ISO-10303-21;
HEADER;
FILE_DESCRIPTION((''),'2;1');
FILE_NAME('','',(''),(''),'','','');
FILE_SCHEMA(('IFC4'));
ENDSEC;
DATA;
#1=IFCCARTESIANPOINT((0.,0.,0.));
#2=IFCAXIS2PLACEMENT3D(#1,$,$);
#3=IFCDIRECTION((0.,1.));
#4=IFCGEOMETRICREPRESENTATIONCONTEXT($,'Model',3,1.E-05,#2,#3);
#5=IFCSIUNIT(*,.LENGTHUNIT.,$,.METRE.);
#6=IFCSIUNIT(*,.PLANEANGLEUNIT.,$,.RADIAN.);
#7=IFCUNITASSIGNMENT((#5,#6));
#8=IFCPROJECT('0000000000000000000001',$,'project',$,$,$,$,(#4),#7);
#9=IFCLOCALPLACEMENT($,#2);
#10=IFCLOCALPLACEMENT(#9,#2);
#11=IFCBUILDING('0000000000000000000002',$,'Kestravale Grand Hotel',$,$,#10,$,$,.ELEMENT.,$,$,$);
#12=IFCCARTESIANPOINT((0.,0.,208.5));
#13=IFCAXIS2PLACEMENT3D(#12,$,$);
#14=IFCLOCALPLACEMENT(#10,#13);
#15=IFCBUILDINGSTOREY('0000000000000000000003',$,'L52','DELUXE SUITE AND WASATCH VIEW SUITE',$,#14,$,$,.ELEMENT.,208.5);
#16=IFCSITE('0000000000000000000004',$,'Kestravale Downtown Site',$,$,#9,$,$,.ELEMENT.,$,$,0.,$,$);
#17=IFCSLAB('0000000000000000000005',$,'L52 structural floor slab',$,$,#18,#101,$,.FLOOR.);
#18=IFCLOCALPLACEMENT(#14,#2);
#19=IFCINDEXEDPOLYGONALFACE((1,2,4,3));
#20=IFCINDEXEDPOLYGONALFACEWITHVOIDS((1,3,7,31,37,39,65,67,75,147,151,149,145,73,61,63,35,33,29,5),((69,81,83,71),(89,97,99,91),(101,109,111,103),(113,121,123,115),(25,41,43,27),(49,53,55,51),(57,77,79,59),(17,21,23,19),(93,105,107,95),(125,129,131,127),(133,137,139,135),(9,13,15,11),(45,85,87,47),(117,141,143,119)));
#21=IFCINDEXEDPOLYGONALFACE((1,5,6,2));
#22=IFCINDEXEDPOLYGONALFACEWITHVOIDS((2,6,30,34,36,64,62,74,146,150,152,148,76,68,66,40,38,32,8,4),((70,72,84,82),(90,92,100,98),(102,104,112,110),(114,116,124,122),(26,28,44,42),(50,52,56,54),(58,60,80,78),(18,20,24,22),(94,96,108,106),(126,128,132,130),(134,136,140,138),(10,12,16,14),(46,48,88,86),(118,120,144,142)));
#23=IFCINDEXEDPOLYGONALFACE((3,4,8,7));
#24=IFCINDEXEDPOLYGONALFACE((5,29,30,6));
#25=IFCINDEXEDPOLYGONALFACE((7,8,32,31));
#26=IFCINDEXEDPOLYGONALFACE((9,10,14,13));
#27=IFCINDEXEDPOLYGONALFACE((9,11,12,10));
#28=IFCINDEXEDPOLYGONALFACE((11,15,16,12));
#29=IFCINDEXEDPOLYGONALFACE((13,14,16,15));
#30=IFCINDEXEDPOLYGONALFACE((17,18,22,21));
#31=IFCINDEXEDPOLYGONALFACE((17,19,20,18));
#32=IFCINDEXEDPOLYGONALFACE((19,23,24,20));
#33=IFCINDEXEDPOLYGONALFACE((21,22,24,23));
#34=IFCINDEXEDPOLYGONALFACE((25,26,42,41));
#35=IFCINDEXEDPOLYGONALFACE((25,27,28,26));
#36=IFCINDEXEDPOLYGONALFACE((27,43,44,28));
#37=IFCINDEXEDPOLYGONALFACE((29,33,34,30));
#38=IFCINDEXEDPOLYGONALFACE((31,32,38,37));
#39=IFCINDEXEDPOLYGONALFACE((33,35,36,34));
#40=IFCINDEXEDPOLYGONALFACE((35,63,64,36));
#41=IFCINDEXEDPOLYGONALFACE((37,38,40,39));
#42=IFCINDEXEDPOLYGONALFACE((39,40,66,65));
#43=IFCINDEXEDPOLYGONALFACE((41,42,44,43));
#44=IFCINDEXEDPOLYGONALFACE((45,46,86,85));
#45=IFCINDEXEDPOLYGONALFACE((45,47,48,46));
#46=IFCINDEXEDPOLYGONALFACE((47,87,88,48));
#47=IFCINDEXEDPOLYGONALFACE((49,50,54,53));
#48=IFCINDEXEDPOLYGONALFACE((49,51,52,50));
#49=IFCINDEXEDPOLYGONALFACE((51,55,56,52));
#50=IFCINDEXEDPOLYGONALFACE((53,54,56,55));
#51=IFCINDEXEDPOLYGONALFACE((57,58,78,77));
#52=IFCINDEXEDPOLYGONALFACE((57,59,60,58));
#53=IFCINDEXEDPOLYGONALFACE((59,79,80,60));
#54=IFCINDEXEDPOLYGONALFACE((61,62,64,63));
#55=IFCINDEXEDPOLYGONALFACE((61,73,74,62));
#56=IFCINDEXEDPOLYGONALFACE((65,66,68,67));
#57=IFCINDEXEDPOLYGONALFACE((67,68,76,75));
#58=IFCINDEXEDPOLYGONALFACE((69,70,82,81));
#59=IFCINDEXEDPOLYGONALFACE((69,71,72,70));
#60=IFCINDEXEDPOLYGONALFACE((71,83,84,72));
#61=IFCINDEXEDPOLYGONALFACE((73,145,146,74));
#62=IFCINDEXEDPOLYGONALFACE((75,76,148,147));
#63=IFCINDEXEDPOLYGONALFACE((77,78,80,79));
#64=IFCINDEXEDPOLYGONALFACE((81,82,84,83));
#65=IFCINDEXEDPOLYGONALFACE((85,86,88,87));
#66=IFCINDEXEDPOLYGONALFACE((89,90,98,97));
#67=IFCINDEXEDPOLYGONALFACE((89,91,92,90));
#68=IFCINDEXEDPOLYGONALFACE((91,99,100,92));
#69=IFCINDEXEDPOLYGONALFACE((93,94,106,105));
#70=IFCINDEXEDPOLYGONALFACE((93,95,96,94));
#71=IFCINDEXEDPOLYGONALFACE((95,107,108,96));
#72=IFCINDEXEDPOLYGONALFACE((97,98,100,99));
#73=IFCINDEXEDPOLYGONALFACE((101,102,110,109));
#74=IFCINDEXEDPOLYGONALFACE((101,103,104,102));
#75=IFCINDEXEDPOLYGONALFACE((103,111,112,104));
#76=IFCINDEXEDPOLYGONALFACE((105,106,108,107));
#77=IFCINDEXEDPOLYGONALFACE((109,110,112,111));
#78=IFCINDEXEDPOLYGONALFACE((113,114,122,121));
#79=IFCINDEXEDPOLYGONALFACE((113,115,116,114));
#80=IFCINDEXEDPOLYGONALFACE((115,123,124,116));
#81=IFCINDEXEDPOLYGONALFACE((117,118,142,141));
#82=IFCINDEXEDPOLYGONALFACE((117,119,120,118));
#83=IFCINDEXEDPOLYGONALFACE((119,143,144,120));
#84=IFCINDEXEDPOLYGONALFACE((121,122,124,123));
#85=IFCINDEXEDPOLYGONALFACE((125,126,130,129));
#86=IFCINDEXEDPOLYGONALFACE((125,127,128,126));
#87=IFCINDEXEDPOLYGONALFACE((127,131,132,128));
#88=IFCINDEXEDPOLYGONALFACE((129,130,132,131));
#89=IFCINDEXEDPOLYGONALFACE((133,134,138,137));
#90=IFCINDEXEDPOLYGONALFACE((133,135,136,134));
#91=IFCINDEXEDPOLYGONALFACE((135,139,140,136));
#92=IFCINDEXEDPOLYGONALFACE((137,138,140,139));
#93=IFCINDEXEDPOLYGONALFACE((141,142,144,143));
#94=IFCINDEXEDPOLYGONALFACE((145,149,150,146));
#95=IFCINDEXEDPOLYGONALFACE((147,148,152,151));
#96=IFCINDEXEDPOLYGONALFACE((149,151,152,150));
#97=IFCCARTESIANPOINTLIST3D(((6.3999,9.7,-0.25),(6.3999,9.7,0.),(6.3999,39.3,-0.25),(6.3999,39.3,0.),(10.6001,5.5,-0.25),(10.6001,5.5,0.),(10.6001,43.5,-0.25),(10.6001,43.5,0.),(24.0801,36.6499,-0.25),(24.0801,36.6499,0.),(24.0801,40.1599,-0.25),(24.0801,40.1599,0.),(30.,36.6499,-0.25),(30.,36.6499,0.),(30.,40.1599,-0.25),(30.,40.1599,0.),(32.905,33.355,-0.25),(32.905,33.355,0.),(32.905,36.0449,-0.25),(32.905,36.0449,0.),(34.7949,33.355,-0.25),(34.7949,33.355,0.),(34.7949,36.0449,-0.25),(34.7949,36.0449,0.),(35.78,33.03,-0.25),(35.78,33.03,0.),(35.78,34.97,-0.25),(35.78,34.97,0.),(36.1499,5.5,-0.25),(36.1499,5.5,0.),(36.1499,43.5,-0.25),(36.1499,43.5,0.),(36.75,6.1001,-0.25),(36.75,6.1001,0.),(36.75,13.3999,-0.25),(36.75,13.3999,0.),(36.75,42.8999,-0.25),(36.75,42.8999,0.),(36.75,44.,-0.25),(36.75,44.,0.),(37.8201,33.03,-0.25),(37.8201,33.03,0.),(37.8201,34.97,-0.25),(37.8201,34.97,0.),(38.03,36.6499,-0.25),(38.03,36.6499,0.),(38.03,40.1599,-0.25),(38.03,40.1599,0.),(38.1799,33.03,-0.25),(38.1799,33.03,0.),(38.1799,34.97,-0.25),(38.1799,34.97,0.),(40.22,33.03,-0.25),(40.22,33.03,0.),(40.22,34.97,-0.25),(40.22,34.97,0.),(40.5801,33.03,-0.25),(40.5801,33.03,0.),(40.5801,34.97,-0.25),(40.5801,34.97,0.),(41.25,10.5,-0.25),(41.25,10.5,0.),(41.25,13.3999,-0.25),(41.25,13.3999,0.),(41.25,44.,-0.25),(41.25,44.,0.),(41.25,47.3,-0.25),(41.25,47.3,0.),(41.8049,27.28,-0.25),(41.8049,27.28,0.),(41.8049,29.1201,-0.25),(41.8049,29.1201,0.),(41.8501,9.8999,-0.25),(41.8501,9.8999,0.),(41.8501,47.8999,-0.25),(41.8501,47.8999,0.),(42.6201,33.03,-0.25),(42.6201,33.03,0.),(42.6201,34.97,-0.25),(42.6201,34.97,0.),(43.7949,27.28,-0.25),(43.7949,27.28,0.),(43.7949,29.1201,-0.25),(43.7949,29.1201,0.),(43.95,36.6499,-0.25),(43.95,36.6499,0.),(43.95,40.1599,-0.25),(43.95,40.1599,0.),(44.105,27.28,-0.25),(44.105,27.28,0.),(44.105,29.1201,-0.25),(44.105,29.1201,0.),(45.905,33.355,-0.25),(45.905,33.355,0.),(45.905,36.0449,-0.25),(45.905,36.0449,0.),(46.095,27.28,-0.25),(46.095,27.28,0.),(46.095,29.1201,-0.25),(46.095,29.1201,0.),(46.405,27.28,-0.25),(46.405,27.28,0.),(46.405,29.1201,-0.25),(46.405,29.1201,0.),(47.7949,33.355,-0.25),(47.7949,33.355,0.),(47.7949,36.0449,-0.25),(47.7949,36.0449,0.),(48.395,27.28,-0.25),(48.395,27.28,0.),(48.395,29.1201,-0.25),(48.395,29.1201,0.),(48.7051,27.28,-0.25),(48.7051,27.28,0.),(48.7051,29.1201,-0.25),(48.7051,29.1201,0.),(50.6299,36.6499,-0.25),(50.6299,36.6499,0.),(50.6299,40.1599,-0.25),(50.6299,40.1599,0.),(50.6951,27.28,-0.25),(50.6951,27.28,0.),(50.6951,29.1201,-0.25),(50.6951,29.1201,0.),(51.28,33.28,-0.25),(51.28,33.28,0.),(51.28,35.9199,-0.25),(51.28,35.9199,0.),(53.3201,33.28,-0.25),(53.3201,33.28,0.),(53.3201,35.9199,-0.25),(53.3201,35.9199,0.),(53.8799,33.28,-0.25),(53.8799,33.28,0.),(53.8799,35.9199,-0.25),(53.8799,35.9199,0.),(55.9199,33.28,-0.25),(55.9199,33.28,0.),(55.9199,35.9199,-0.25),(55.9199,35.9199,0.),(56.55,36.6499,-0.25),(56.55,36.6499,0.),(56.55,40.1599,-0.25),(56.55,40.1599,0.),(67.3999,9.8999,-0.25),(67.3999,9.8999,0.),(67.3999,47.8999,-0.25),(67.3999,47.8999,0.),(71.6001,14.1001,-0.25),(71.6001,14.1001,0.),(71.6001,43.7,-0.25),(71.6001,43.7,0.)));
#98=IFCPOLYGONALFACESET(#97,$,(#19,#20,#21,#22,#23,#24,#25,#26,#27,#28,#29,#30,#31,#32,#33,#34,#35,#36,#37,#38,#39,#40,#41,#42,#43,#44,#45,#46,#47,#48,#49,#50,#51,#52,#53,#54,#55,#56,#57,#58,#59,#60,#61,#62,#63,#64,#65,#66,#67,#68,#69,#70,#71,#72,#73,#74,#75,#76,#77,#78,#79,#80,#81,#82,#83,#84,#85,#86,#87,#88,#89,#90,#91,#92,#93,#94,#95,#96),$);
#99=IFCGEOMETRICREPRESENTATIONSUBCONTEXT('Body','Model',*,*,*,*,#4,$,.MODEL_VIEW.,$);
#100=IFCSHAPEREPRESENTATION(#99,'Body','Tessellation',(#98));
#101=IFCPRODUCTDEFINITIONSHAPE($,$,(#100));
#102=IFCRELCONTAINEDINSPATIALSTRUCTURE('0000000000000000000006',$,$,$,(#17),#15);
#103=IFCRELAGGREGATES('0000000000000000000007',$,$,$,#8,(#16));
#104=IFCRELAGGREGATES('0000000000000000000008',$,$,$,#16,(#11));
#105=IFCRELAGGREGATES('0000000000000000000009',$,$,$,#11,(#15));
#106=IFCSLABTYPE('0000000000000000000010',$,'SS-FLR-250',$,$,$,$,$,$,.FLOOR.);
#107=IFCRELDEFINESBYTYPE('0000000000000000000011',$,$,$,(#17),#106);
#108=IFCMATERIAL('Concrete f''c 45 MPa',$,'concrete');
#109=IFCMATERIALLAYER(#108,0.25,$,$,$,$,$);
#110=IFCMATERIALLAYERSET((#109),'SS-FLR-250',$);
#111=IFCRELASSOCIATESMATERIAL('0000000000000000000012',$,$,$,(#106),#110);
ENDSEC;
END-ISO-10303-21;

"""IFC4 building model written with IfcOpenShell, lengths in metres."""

from ifc_helpers import new_model, si_unit, direction, frame, origin, place, context, subcontext, project, spatial, polyline, outline, extrude, material, layer, layer_set, type_object, element, save


model = new_model("IFC4")

# Units and contexts
model_context = context("Model", 3, precision=1e-05, world=origin(), true_north=direction((0.0, 1.0)))
body_context = subcontext(model_context, "Body", "Model", "MODEL_VIEW")
ifc_project = project(units=[si_unit("LENGTHUNIT", "METRE"), si_unit("PLANEANGLEUNIT", "RADIAN")], contexts=[model_context])

# Site, building, storey
site_placement = place(None, origin())
site = spatial("IfcSite", under=ifc_project, at=site_placement, Name="Kestravale Downtown Site", CompositionType="ELEMENT", RefElevation=0.0)
building_placement = place(site_placement, origin())
building = spatial("IfcBuilding", under=site, at=building_placement, Name="Kestravale Grand Hotel", CompositionType="ELEMENT")
storey_placement = place(building_placement, frame((0.0, 0.0, 208.5)))
storey = spatial("IfcBuildingStorey", under=building, at=storey_placement, Name="L52", Description="DELUXE SUITE AND WASATCH VIEW SUITE", CompositionType="ELEMENT", Elevation=208.5)

# Slab
ifc_material_1 = material(Name="Concrete f'c 45 MPa", Category="concrete")
ifc_layer_1 = layer(ifc_material_1, 0.25)
ifc_layer_set_1 = layer_set([ifc_layer_1], Name="SS-FLR-250")
slab_type_1 = type_object("IfcSlabType", Name="SS-FLR-250", PredefinedType="FLOOR", material=ifc_layer_set_1)
slab_1_placement = place(storey_placement, frame((0.0, 0.0, -0.25)))
element("IfcSlab", 1, at=slab_1_placement, inside=storey, type_object=slab_type_1, Name="L52 structural floor slab", PredefinedType="FLOOR", context=body_context, shape_type="SweptSolid", body=[
    extrude(outline(polyline([(10.6001, 5.5), (36.1499, 5.5), (36.75, 6.1001), (36.75, 13.3999), (41.25, 13.3999), (41.25, 10.5), (41.8501, 9.8999), (67.3999, 9.8999), (71.6001, 14.1001), (71.6001, 43.7), (67.3999, 47.8999), (41.8501, 47.8999), (41.25, 47.3), (41.25, 44.0), (36.75, 44.0), (36.75, 42.8999), (36.1499, 43.5), (10.6001, 43.5), (6.3999, 39.3), (6.3999, 9.7), (10.6001, 5.5)]), holes=[polyline([(24.0801, 36.6499), (30.0, 36.6499), (30.0, 40.1599), (24.0801, 40.1599), (24.0801, 36.6499)]), polyline([(38.03, 36.6499), (43.95, 36.6499), (43.95, 40.1599), (38.03, 40.1599), (38.03, 36.6499)]), polyline([(50.6299, 36.6499), (56.55, 36.6499), (56.55, 40.1599), (50.6299, 40.1599), (50.6299, 36.6499)]), polyline([(41.8049, 27.28), (43.7949, 27.28), (43.7949, 29.1201), (41.8049, 29.1201), (41.8049, 27.28)]), polyline([(44.105, 27.28), (46.095, 27.28), (46.095, 29.1201), (44.105, 29.1201), (44.105, 27.28)]), polyline([(46.405, 27.28), (48.395, 27.28), (48.395, 29.1201), (46.405, 29.1201), (46.405, 27.28)]), polyline([(48.7051, 27.28), (50.6951, 27.28), (50.6951, 29.1201), (48.7051, 29.1201), (48.7051, 27.28)]), polyline([(35.78, 33.03), (37.8201, 33.03), (37.8201, 34.97), (35.78, 34.97), (35.78, 33.03)]), polyline([(38.1799, 33.03), (40.22, 33.03), (40.22, 34.97), (38.1799, 34.97), (38.1799, 33.03)]), polyline([(40.5801, 33.03), (42.6201, 33.03), (42.6201, 34.97), (40.5801, 34.97), (40.5801, 33.03)]), polyline([(32.905, 33.355), (34.7949, 33.355), (34.7949, 36.0449), (32.905, 36.0449), (32.905, 33.355)]), polyline([(45.905, 33.355), (47.7949, 33.355), (47.7949, 36.0449), (45.905, 36.0449), (45.905, 33.355)]), polyline([(51.28, 33.28), (53.3201, 33.28), (53.3201, 35.9199), (51.28, 35.9199), (51.28, 33.28)]), polyline([(53.8799, 33.28), (55.9199, 33.28), (55.9199, 35.9199), (53.8799, 35.9199), (53.8799, 33.28)])]), origin(), (0.0, 0.0, 1.0), 0.25),
])

save(model, "model.ifc")
